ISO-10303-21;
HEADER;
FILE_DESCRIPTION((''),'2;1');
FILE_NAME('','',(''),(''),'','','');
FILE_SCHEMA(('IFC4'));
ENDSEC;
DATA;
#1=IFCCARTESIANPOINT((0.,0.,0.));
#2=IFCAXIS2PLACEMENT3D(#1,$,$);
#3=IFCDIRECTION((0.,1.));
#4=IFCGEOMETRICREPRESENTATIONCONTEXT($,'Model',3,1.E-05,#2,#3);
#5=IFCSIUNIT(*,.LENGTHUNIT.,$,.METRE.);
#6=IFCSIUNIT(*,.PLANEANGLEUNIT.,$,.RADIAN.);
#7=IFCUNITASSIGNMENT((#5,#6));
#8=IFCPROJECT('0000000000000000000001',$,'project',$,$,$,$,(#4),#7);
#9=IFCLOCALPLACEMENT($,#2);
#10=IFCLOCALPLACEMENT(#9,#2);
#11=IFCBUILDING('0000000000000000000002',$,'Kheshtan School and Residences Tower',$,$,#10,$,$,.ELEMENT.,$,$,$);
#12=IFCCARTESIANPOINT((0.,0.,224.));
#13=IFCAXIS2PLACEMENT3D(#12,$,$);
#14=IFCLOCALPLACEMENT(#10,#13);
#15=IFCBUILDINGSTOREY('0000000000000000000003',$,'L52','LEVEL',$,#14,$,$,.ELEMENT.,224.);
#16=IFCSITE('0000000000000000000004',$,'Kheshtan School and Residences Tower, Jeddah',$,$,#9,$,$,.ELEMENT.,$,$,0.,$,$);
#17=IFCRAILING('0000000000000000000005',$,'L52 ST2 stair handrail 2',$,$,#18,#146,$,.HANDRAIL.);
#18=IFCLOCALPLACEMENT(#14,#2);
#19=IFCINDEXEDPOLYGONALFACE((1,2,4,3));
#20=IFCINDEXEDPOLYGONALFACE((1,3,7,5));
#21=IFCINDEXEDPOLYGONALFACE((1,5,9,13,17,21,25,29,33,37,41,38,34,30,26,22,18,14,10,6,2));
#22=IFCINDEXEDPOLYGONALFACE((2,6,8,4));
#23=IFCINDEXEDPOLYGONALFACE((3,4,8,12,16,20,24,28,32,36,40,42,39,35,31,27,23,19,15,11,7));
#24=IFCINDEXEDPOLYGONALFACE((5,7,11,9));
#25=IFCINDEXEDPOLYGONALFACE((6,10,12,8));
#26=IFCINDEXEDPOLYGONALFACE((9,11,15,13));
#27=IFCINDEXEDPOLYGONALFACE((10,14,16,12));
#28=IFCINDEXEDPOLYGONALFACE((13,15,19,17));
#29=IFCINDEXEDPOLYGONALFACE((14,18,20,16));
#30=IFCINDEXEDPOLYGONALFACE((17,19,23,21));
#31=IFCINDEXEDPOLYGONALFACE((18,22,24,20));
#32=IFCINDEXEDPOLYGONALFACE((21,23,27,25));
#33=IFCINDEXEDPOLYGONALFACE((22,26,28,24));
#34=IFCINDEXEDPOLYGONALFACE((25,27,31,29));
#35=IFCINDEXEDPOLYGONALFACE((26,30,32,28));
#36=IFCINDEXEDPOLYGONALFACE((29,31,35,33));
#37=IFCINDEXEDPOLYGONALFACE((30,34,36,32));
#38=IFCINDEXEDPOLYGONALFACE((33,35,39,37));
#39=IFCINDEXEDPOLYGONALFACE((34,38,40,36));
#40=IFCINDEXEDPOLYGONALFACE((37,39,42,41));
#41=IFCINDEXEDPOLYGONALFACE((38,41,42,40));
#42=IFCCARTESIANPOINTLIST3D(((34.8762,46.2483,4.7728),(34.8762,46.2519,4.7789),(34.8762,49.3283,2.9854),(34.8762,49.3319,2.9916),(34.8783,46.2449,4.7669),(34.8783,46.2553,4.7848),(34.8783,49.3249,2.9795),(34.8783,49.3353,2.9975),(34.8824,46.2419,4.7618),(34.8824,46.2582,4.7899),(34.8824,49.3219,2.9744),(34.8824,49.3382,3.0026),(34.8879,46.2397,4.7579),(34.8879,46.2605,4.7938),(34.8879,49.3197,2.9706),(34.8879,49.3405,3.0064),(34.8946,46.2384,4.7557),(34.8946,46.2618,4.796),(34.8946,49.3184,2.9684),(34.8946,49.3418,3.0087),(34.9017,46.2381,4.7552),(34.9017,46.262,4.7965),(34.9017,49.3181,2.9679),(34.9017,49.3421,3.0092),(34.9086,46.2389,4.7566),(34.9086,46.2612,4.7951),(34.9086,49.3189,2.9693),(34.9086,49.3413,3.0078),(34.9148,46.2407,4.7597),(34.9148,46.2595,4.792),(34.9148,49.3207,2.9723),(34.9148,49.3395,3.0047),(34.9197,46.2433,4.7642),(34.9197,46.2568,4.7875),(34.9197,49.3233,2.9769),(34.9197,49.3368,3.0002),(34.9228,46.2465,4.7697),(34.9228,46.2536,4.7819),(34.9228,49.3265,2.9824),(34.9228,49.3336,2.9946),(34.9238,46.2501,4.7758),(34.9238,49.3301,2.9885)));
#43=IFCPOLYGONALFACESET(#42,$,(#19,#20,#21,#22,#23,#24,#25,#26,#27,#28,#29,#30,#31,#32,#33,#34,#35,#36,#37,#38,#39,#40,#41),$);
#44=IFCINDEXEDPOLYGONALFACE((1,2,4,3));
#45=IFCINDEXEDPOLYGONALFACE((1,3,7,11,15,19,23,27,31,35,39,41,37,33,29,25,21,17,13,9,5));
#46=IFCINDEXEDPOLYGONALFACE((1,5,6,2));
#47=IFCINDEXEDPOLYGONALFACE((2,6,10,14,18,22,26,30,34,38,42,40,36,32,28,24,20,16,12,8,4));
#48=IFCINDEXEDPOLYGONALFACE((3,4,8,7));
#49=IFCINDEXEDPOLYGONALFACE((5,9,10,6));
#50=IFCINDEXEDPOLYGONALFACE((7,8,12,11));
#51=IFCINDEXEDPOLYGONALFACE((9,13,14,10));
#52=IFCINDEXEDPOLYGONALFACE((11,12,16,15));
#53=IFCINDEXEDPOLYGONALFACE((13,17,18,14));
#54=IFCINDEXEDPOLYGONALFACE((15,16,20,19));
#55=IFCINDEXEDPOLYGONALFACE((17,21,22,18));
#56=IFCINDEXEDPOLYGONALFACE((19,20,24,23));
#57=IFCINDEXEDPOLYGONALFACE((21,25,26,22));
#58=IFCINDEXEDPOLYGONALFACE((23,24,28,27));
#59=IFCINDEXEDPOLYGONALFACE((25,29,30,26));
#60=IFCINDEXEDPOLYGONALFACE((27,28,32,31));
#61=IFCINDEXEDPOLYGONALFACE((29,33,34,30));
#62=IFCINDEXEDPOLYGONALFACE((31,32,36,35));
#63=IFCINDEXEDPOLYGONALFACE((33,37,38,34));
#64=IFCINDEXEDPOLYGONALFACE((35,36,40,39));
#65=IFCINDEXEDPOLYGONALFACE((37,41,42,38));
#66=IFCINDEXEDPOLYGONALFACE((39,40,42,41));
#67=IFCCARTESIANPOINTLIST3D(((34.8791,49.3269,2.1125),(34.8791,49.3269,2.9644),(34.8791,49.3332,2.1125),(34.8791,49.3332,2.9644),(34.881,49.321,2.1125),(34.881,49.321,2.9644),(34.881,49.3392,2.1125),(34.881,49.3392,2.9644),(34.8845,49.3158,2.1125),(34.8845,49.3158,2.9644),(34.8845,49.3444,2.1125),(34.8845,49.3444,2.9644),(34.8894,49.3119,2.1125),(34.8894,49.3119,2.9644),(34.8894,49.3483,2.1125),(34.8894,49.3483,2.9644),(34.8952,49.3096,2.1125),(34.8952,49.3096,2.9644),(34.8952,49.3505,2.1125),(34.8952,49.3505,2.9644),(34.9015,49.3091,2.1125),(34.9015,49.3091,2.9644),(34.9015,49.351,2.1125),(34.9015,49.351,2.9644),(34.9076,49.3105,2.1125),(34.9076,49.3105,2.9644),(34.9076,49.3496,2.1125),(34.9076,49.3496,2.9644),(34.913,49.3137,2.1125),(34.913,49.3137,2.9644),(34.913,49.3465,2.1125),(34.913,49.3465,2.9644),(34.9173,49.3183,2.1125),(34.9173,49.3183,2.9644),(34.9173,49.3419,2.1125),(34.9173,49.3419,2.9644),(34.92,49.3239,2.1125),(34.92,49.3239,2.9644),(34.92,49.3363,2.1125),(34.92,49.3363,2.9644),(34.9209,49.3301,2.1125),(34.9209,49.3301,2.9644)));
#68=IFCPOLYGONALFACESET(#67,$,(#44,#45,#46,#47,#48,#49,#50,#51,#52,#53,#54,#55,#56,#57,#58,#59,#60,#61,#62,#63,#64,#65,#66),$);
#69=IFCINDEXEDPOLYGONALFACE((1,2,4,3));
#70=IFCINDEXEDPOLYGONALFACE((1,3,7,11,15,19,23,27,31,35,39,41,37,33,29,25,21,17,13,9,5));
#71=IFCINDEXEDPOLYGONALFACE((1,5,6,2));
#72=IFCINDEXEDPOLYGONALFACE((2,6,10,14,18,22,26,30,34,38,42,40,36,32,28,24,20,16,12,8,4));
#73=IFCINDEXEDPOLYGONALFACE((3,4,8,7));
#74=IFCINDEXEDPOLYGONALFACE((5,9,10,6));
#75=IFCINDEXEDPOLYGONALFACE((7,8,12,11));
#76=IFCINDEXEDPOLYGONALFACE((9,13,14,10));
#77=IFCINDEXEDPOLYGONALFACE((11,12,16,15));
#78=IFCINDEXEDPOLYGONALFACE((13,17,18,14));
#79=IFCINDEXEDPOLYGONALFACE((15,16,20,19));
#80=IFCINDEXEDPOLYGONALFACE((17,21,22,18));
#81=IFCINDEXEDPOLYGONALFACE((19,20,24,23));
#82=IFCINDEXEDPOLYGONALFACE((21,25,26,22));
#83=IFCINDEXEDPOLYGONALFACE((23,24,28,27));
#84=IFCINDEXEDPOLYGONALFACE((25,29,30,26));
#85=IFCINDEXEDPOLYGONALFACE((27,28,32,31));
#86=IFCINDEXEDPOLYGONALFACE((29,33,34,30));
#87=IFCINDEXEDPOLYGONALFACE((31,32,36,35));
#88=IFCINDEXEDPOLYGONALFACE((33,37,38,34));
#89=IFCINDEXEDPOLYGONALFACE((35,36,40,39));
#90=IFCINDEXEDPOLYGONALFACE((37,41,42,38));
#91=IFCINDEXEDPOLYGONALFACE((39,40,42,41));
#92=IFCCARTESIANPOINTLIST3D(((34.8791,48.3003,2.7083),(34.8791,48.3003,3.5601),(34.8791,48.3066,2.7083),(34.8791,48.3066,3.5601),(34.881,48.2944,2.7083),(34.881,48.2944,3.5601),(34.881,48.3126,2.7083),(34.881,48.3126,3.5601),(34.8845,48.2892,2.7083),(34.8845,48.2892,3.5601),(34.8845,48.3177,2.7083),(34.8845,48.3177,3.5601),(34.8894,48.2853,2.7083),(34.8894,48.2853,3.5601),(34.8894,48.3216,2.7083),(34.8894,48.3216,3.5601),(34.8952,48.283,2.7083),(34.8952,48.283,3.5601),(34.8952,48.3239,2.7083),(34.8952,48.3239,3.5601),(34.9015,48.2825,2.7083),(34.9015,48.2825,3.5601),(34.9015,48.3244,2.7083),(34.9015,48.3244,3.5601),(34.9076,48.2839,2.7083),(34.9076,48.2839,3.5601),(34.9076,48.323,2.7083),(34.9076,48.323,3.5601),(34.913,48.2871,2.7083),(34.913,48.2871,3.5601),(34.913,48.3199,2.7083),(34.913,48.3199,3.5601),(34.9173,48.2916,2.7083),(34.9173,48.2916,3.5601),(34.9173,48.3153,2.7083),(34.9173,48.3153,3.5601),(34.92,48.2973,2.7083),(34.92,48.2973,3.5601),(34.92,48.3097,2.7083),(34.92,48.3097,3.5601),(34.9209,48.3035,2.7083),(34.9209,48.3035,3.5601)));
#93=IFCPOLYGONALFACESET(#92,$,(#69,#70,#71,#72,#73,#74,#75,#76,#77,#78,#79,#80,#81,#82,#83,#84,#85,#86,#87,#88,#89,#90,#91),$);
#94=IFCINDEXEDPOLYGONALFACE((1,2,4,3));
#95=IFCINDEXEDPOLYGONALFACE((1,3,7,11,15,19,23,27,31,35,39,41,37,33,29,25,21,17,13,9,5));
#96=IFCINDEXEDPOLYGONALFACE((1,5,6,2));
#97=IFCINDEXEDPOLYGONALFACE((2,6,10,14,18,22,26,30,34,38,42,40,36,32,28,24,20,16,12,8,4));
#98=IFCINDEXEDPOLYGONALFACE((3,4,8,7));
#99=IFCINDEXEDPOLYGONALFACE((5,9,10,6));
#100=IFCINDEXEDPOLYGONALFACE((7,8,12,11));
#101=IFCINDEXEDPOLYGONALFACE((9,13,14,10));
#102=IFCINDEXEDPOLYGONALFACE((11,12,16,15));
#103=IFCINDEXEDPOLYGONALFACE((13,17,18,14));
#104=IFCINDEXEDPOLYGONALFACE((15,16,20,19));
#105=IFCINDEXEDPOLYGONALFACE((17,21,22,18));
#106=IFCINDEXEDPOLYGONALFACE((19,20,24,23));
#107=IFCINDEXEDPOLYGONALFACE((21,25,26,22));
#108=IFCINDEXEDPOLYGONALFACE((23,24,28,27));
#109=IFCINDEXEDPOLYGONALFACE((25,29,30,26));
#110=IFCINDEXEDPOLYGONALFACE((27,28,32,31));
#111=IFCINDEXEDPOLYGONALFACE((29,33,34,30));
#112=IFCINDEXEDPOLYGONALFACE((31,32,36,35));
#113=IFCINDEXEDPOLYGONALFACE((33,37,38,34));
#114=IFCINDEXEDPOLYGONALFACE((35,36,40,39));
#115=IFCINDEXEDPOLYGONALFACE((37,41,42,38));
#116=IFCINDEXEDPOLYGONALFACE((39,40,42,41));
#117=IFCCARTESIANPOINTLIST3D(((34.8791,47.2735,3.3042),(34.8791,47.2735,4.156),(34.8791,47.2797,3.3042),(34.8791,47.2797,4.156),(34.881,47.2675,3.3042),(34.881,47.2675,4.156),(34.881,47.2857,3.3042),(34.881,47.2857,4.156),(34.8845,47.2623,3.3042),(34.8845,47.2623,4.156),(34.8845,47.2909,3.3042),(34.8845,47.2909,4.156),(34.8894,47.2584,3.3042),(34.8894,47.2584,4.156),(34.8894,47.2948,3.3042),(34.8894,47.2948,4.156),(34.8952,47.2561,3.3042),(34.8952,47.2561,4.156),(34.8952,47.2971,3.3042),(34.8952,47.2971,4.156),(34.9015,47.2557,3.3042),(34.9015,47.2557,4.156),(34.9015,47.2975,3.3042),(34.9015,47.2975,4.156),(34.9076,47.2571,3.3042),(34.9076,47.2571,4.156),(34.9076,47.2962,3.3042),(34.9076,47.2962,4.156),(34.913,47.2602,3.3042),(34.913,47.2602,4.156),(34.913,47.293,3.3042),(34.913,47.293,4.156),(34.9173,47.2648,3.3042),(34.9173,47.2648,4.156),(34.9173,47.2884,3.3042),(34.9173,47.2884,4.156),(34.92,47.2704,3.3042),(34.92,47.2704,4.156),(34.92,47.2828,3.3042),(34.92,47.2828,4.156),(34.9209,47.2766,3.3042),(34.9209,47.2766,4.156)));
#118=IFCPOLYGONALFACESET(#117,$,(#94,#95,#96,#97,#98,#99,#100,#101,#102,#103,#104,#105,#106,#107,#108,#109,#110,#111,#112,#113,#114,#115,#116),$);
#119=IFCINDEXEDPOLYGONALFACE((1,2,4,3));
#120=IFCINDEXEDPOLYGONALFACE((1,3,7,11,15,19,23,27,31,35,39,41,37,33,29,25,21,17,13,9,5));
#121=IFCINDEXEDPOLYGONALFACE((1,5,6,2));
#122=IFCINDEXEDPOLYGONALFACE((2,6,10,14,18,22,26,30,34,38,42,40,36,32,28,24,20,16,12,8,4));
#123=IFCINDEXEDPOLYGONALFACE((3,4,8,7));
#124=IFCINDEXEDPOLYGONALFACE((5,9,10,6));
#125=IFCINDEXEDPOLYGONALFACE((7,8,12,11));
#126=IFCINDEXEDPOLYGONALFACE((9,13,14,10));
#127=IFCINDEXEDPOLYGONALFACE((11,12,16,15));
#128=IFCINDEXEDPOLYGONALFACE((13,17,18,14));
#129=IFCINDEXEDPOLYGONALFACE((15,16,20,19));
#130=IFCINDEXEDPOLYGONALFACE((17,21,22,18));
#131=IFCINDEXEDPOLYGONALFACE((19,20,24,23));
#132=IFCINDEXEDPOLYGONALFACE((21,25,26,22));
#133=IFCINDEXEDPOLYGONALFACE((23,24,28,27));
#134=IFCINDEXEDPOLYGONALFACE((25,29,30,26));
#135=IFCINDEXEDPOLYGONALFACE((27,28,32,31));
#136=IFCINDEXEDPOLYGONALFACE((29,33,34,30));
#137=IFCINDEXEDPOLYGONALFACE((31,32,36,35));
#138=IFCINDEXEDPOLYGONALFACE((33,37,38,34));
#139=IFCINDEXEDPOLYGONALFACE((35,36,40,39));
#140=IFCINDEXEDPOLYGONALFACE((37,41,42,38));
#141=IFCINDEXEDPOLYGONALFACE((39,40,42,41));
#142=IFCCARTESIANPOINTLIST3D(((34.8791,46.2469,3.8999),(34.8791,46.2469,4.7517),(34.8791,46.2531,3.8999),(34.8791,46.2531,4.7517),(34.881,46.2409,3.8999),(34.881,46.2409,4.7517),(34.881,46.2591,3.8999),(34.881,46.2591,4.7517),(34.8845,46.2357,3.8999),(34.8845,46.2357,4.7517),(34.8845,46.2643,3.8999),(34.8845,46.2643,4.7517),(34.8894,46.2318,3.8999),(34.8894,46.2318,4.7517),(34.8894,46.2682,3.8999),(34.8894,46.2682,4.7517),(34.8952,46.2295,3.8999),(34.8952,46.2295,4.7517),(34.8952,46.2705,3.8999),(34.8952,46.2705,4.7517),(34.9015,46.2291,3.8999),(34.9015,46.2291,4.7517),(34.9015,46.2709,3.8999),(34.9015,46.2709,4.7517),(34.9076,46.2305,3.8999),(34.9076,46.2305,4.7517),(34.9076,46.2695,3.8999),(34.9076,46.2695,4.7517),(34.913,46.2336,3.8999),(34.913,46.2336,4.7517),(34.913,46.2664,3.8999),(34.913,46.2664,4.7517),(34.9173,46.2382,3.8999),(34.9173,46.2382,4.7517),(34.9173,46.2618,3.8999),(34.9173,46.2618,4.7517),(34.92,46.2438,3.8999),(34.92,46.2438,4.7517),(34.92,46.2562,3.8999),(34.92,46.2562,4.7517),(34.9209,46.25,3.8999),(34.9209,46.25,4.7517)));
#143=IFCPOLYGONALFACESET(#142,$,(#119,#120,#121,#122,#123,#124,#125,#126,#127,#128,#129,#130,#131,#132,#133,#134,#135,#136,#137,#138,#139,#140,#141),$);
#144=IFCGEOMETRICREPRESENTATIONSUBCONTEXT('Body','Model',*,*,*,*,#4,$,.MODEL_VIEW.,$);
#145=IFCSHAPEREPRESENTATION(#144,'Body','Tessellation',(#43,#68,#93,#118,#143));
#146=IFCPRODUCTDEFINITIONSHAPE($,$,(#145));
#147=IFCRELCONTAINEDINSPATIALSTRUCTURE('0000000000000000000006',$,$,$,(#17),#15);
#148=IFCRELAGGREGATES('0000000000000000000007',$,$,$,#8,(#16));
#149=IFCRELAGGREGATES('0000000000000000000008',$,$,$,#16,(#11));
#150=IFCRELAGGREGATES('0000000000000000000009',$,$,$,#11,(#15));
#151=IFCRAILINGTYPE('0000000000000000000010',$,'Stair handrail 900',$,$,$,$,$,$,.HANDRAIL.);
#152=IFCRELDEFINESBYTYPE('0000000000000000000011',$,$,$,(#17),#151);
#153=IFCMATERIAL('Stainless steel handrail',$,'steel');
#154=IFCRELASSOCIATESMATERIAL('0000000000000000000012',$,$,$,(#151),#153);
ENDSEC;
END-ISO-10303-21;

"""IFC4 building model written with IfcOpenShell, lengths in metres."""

from ifc_helpers import new_model, si_unit, direction, frame, origin, origin_2d, place, context, subcontext, project, spatial, circle, extrude, material, type_object, element, save


model = new_model("IFC4")

# Units and contexts
model_context = context("Model", 3, precision=1e-05, world=origin(), true_north=direction((0.0, 1.0)))
body_context = subcontext(model_context, "Body", "Model", "MODEL_VIEW")
ifc_project = project(units=[si_unit("LENGTHUNIT", "METRE"), si_unit("PLANEANGLEUNIT", "RADIAN")], contexts=[model_context])

# Site, building, storey
site_placement = place(None, origin())
site = spatial("IfcSite", under=ifc_project, at=site_placement, Name="Kheshtan School and Residences Tower, Jeddah", CompositionType="ELEMENT", RefElevation=0.0)
building_placement = place(site_placement, origin())
building = spatial("IfcBuilding", under=site, at=building_placement, Name="Kheshtan School and Residences Tower", CompositionType="ELEMENT")
storey_placement = place(building_placement, frame((0.0, 0.0, 224.0)))
storey = spatial("IfcBuildingStorey", under=building, at=storey_placement, Name="L52", Description="LEVEL", CompositionType="ELEMENT", Elevation=224.0)

# Railing
ifc_material_1 = material(Name="Stainless steel handrail", Category="steel")
railing_type_1 = type_object("IfcRailingType", Name="Stair handrail 900", PredefinedType="HANDRAIL", material=ifc_material_1)
railing_1_placement = place(storey_placement, frame((34.8999, 49.3301, 2.1125)))
element("IfcRailing", 1, at=railing_1_placement, inside=storey, type_object=railing_type_1, Name="L52 ST2 stair handrail 2", PredefinedType="HANDRAIL", context=body_context, shape_type="SweptSolid", body=[
    extrude(circle(Radius=0.0239, at=origin_2d()), frame((0.0, 0.0, 0.876), z_axis=(0.0, -0.86492, 0.501909), x_axis=(1.0, 0.0, 0.0)), (0.0, 0.0, 1.0), 3.561),
    extrude(circle(Radius=0.021, at=origin_2d()), origin(), (0.0, 0.0, 1.0), 0.8518),
    extrude(circle(Radius=0.021, at=origin_2d()), frame((0.0, -1.0266, 0.5957)), (0.0, 0.0, 1.0), 0.8518),
    extrude(circle(Radius=0.021, at=origin_2d()), frame((0.0, -2.0535, 1.1917)), (0.0, 0.0, 1.0), 0.8518),
    extrude(circle(Radius=0.021, at=origin_2d()), frame((0.0, -3.0801, 1.7874)), (0.0, 0.0, 1.0), 0.8518),
])

save(model, "model.ifc")
